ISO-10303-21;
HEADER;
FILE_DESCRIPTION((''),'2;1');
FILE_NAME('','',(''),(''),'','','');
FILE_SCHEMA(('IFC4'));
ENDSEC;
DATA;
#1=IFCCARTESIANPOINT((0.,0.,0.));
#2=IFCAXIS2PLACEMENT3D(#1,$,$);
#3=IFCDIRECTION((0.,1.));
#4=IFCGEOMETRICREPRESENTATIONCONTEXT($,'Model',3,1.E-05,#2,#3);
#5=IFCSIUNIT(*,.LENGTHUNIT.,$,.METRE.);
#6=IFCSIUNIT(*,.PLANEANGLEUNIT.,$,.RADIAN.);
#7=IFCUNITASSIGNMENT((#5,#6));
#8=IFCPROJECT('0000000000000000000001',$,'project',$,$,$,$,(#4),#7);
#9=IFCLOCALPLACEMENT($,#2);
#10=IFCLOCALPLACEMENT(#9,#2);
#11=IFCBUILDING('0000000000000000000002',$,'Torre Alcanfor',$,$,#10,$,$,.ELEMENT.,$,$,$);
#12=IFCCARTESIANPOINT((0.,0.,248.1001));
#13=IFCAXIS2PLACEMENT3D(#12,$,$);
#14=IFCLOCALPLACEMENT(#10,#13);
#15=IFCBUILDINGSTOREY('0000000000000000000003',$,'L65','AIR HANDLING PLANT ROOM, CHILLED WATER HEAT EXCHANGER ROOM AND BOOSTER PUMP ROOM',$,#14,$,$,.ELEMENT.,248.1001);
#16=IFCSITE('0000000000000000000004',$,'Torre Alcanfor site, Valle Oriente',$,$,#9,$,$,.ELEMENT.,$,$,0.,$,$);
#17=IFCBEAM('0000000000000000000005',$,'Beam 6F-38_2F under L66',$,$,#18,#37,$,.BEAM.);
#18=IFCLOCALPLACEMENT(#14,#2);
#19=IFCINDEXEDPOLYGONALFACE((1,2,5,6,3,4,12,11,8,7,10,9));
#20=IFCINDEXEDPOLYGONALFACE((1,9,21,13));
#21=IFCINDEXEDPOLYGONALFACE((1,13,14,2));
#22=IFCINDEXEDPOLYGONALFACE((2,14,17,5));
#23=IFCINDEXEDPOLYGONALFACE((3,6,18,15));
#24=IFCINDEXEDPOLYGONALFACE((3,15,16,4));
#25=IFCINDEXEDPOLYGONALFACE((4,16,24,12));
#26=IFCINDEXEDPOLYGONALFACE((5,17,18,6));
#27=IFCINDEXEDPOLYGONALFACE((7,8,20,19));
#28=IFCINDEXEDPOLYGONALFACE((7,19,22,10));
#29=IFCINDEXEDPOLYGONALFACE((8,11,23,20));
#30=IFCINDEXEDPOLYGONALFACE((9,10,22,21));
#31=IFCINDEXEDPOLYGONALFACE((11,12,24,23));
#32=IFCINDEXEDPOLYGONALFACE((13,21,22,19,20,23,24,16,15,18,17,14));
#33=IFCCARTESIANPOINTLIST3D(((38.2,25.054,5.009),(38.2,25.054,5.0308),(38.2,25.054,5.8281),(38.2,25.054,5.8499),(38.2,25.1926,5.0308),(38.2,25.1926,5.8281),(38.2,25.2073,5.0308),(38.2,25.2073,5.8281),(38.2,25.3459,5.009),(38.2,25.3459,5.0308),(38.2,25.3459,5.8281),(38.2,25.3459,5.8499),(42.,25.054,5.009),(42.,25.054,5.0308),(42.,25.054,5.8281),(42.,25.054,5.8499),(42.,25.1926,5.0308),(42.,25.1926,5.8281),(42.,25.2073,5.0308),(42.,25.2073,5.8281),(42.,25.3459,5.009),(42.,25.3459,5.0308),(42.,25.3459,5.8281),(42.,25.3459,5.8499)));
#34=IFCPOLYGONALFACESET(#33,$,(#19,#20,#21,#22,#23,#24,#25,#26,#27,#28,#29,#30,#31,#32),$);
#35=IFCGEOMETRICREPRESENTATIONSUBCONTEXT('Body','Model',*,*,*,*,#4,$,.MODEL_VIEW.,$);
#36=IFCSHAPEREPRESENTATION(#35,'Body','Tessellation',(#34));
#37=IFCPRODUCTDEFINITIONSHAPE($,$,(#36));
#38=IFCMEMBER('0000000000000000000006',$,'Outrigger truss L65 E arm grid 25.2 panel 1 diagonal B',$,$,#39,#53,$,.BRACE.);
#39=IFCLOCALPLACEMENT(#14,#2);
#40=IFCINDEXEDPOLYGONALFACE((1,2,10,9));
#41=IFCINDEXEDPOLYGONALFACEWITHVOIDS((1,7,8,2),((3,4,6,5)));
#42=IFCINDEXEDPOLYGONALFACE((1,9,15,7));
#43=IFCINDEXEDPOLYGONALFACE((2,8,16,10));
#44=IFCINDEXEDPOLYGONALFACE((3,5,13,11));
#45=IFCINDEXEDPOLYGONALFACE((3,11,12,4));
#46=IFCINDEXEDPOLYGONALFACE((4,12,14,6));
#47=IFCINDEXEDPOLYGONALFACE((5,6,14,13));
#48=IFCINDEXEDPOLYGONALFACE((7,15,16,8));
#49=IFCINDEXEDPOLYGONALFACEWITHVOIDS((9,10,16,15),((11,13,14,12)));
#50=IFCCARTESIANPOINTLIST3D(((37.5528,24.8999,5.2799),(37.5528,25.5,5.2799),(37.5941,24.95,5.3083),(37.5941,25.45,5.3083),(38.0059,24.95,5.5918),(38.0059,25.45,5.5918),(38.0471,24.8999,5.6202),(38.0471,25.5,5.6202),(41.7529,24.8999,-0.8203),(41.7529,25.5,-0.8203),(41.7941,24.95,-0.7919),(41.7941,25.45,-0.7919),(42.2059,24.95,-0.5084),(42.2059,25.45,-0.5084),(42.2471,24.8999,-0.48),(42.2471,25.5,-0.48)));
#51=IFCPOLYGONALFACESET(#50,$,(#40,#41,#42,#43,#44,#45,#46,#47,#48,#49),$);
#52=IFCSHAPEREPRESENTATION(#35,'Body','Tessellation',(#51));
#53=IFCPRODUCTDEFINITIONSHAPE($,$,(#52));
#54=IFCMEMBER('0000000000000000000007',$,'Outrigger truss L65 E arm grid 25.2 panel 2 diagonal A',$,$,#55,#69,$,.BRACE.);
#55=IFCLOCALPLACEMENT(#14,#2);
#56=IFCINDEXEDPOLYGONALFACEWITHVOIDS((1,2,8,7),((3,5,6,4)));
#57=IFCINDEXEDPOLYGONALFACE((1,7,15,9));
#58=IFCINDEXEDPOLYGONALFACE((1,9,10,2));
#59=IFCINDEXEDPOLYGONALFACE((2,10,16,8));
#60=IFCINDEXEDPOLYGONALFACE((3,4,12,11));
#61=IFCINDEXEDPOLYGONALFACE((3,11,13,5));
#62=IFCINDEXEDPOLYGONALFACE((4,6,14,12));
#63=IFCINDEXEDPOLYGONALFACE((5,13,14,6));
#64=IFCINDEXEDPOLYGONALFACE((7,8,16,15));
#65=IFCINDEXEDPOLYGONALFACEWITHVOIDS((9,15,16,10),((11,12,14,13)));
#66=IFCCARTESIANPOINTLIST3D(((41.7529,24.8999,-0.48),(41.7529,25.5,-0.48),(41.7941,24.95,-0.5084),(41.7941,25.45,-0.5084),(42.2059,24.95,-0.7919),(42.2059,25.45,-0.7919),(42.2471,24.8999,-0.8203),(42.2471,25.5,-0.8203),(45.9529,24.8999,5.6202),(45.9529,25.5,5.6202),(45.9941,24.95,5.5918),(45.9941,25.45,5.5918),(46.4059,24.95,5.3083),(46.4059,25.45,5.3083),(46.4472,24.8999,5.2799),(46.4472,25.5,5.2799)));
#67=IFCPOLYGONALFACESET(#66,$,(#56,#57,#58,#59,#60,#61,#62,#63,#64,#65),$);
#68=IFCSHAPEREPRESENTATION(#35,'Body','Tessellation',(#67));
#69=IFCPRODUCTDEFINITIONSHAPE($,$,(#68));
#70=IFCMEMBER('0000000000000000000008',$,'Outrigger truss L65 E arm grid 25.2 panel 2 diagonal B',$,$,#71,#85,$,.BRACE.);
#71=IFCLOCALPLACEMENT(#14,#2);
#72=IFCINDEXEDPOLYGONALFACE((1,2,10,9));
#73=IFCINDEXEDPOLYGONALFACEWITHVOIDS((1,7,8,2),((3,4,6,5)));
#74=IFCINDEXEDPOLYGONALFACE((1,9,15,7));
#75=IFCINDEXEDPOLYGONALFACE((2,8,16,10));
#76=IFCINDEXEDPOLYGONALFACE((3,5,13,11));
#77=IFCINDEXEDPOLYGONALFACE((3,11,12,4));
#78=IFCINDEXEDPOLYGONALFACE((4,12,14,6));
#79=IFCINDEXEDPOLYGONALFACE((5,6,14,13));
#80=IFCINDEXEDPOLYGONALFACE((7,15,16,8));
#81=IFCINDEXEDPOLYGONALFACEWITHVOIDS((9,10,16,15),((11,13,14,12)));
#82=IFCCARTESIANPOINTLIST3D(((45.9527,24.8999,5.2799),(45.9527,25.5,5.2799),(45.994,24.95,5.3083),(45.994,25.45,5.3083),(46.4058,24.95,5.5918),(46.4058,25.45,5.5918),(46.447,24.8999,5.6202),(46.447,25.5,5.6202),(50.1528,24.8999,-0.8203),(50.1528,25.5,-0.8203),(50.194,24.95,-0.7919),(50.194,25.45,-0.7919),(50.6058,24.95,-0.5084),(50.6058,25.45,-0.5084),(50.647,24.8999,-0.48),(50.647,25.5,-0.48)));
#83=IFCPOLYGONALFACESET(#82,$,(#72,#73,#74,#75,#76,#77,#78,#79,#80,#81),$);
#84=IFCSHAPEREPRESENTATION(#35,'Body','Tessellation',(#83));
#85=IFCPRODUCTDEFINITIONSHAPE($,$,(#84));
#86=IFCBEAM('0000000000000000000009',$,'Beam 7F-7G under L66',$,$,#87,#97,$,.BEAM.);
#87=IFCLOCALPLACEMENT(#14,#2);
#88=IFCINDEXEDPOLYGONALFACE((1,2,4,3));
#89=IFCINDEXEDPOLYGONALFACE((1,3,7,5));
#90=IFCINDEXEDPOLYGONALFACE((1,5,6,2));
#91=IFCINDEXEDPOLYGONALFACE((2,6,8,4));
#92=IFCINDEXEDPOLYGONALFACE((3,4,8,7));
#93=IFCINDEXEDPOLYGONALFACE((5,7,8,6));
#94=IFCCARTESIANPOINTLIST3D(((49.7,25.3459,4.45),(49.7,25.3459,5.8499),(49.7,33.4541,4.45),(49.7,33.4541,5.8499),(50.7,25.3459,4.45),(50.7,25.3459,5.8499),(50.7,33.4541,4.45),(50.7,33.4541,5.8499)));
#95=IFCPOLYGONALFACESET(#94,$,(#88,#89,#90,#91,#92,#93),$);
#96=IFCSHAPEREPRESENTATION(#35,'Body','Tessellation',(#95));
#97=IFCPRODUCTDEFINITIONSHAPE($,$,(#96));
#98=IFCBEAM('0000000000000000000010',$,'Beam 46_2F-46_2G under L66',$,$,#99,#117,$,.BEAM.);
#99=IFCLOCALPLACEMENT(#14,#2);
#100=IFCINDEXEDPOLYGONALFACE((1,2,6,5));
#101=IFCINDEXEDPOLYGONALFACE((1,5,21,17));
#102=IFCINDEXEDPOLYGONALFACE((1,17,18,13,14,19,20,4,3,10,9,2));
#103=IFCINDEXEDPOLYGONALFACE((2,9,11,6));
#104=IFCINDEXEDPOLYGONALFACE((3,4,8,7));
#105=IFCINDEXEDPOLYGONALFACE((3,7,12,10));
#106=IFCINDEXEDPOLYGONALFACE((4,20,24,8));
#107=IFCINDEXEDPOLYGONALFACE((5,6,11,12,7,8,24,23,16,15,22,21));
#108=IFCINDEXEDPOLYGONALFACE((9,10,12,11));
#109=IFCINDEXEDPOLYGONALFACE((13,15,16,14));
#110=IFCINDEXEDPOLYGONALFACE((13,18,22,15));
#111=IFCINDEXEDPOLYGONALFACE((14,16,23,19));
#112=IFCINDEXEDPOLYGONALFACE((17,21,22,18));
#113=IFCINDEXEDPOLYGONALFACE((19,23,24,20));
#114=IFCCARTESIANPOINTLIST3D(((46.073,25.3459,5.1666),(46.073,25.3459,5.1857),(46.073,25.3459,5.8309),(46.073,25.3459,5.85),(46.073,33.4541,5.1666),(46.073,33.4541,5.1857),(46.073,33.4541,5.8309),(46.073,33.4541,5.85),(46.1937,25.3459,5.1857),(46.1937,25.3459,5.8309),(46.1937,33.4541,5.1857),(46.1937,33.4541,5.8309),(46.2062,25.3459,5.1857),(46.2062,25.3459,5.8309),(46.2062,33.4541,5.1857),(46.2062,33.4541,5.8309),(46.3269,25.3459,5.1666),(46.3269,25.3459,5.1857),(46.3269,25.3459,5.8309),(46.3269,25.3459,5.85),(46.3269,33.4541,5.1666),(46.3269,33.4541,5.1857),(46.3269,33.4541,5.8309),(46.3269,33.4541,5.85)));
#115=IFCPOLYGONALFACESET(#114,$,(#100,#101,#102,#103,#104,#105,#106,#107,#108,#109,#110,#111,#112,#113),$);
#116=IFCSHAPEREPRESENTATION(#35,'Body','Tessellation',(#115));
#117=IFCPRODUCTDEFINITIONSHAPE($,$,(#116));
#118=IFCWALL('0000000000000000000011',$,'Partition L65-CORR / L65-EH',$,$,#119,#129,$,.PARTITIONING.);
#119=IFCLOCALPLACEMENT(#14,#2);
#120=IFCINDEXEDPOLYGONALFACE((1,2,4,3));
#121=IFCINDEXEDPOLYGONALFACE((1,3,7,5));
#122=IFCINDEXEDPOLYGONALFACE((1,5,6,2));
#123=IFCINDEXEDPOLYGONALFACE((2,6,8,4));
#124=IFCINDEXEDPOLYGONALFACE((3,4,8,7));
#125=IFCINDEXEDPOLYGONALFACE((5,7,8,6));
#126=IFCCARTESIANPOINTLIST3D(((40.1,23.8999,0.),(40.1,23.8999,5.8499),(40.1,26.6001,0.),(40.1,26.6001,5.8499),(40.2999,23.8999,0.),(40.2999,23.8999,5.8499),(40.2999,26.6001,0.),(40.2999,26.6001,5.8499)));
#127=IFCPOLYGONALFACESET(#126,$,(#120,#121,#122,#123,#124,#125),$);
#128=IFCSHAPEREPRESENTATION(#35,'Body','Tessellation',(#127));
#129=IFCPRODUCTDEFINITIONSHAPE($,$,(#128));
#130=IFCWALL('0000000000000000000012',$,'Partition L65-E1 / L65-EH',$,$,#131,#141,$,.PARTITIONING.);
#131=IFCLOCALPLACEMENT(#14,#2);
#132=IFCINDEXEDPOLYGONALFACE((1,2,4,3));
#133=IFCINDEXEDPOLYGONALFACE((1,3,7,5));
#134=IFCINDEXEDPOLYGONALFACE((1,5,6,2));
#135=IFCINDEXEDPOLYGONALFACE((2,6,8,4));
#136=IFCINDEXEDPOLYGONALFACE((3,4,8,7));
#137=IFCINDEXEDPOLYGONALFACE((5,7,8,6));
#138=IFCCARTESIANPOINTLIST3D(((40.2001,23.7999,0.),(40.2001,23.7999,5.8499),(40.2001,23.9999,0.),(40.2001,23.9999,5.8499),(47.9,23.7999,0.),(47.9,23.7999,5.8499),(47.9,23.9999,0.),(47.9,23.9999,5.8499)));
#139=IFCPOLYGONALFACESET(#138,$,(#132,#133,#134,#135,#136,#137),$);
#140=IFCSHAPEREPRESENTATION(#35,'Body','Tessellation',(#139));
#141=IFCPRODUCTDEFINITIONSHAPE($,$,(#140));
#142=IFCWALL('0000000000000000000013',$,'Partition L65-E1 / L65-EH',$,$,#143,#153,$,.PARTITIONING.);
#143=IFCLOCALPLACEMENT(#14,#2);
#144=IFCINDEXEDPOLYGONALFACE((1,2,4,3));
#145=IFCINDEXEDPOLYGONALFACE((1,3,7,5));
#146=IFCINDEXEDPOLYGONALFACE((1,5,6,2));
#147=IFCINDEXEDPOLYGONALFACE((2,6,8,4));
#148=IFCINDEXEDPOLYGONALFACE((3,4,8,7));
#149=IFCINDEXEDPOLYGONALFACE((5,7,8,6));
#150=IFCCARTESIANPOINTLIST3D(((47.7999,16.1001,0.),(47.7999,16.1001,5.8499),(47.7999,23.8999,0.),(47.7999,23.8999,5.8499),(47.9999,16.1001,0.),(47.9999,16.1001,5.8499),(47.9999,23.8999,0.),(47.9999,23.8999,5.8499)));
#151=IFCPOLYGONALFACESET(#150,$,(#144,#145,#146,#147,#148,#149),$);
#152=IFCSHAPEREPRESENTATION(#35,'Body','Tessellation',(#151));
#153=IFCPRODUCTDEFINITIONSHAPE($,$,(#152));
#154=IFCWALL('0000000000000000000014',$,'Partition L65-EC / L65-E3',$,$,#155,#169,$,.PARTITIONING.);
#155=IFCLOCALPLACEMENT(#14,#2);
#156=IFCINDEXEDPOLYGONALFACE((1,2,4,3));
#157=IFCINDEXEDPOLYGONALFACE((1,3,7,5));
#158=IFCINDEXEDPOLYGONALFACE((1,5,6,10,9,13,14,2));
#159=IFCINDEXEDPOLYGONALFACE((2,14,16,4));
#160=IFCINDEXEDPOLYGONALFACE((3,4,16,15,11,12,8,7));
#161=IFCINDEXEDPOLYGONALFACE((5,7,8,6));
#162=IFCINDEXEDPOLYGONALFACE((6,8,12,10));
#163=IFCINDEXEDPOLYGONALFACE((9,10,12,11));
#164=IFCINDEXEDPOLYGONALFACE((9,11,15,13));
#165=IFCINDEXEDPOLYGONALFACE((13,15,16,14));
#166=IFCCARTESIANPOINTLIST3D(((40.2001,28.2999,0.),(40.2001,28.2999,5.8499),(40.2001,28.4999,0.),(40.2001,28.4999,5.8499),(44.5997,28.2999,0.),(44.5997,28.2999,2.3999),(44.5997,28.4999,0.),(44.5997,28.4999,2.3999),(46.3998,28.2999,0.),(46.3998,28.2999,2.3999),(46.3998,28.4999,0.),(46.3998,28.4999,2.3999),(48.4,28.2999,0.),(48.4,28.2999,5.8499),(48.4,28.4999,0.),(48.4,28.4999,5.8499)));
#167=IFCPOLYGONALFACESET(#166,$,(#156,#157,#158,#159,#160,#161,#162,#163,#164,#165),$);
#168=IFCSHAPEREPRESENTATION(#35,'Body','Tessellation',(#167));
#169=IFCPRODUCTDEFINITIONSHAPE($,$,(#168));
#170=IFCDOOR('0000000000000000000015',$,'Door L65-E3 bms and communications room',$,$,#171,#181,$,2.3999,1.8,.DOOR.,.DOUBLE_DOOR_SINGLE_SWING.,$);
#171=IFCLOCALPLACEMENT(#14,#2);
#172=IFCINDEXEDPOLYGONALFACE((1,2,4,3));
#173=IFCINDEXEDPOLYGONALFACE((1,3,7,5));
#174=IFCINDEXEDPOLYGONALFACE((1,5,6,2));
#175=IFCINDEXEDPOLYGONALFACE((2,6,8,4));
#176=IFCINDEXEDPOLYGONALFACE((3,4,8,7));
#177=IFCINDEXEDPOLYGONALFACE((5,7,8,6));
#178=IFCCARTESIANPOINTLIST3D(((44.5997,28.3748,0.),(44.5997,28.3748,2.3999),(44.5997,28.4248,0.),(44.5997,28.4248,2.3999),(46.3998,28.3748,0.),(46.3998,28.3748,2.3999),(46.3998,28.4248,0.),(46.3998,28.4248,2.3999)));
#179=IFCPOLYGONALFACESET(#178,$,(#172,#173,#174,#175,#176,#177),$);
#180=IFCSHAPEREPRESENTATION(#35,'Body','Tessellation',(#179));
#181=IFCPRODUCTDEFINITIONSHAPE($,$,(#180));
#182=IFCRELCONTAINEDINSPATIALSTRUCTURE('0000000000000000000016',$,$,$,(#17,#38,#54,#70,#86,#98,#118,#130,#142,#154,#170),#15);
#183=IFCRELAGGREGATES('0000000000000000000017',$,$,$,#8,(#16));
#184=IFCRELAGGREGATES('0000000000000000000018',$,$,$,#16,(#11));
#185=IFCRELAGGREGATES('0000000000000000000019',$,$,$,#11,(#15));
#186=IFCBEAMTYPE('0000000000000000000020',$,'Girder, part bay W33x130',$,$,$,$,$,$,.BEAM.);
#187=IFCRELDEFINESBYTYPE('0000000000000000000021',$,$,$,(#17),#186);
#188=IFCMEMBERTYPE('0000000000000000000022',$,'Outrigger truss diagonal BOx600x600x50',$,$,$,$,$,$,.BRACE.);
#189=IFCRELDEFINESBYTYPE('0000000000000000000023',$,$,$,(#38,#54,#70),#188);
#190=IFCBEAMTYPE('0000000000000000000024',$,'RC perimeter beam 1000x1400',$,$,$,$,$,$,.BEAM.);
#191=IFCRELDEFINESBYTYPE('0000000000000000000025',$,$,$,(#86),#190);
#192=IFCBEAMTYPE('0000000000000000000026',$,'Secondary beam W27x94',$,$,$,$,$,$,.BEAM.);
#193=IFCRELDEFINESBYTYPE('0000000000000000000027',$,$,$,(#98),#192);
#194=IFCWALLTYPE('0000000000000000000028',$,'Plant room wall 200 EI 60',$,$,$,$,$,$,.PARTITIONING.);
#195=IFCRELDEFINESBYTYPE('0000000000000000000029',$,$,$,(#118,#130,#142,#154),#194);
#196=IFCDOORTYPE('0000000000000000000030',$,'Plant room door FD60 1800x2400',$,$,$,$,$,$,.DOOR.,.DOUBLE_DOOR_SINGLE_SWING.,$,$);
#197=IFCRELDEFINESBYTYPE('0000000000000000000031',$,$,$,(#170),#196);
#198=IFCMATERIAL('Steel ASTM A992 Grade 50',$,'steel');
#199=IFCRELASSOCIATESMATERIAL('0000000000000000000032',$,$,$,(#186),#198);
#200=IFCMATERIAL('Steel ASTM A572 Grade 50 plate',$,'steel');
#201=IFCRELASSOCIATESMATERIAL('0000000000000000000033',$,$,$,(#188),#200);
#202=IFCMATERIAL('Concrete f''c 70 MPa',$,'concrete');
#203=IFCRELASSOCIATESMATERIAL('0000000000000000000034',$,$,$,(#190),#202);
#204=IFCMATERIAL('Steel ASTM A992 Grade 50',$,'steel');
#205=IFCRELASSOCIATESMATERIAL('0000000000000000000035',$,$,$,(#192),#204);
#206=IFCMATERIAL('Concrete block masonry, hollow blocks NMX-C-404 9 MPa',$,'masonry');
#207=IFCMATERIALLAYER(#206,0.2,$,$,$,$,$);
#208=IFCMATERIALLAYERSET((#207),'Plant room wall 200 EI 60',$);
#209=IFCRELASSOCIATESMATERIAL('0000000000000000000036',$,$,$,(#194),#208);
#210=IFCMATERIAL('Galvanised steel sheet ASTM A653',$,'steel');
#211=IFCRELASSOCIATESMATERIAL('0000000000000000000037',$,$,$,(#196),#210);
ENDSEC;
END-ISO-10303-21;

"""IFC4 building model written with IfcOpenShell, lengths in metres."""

from ifc_helpers import new_model, si_unit, direction, frame, frame_2d, origin, origin_2d, place, context, subcontext, project, spatial, rectangle, hollow_rectangle, i_section, extrude, material, layer, layer_set, material_profile, profile_set, type_object, element, fill, save


model = new_model("IFC4")

# Units and contexts
model_context = context("Model", 3, precision=1e-05, world=origin(), true_north=direction((0.0, 1.0)))
body_context = subcontext(model_context, "Body", "Model", "MODEL_VIEW")
ifc_project = project(units=[si_unit("LENGTHUNIT", "METRE"), si_unit("PLANEANGLEUNIT", "RADIAN")], contexts=[model_context])

# Site, building, storey
site_placement = place(None, origin())
site = spatial("IfcSite", under=ifc_project, at=site_placement, Name="Torre Alcanfor site, Valle Oriente", CompositionType="ELEMENT", RefElevation=0.0)
building_placement = place(site_placement, origin())
building = spatial("IfcBuilding", under=site, at=building_placement, Name="Torre Alcanfor", CompositionType="ELEMENT")
storey_placement = place(building_placement, frame((0.0, 0.0, 248.1001)))
storey = spatial("IfcBuildingStorey", under=building, at=storey_placement, Name="L65", Description="AIR HANDLING PLANT ROOM, CHILLED WATER HEAT EXCHANGER ROOM AND BOOSTER PUMP ROOM", CompositionType="ELEMENT", Elevation=248.1001)

# Beam
ifc_material_1 = material(Name="Steel ASTM A992 Grade 50", Category="steel")
ifc_material_profile_1 = material_profile(ifc_material_1, i_section(OverallWidth=0.292, OverallDepth=0.8408, WebThickness=0.0146, FlangeThickness=0.0217, at=origin_2d()), Name="W33x130")
ifc_profile_set_1 = profile_set([ifc_material_profile_1], Name="Steel ASTM A992 Grade 50")
beam_type_1 = type_object("IfcBeamType", Name="Girder, part bay W33x130", PredefinedType="BEAM", material=ifc_profile_set_1)
beam_1_placement = place(storey_placement, frame((42.0, 25.2, 5.4294), z_axis=(-1.0, 0.0, 0.0), x_axis=(0.0, -1.0, 0.0)))
element("IfcBeam", 1, at=beam_1_placement, inside=storey, type_object=beam_type_1, Name="Beam 6F-38_2F under L66", PredefinedType="BEAM", context=body_context, shape_type="SweptSolid", body=[
    extrude(i_section(OverallWidth=0.292, OverallDepth=0.8408, WebThickness=0.0146, FlangeThickness=0.0217, at=origin_2d()), origin(), (0.0, 0.0, 1.0), 3.8),
])

# Members
ifc_material_2 = material(Name="Steel ASTM A572 Grade 50 plate", Category="steel")
ifc_material_profile_2 = material_profile(ifc_material_2, hollow_rectangle(XDim=0.6001, YDim=0.6001, WallThickness=0.05, at=origin_2d()), Name="BOX 600x600x50")
ifc_profile_set_2 = profile_set([ifc_material_profile_2], Name="Steel ASTM A572 Grade 50 plate")
member_type_1 = type_object("IfcMemberType", Name="Outrigger truss diagonal BOx600x600x50", PredefinedType="BRACE", material=ifc_profile_set_2)
for number, where, z_axis, x_axis, name in (
    (2, (42.0, 25.2, -0.6501), (-0.567091, 0.0, 0.823655), (0.0, -1.0, 0.0), "Outrigger truss L65 E arm grid 25.2 panel 1 diagonal B"),
    (3, (42.0, 25.2, -0.6501), (0.567091, 0.0, 0.823655), (0.0, 1.0, 0.0), "Outrigger truss L65 E arm grid 25.2 panel 2 diagonal A"),
    (4, (50.3999, 25.2, -0.6501), (-0.567091, 0.0, 0.823655), (0.0, -1.0, 0.0), "Outrigger truss L65 E arm grid 25.2 panel 2 diagonal B"),
):
    element("IfcMember", number, at=place(storey_placement, frame(where, z_axis=z_axis, x_axis=x_axis)), inside=storey, type_object=member_type_1, Name=name, PredefinedType="BRACE", context=body_context, shape_type="SweptSolid", body=[
        extrude(hollow_rectangle(XDim=0.6001, YDim=0.6001, WallThickness=0.05, at=origin_2d()), origin(), (0.0, 0.0, 1.0), 7.4062),
    ])

# Beams
ifc_material_3 = material(Name="Concrete f'c 70 MPa", Category="concrete")
ifc_material_profile_3 = material_profile(ifc_material_3, rectangle(XDim=1.0, YDim=1.3999, at=origin_2d()), Name="1000x1400")
ifc_profile_set_3 = profile_set([ifc_material_profile_3], Name="Concrete f'c 70 MPa")
beam_type_2 = type_object("IfcBeamType", Name="RC perimeter beam 1000x1400", PredefinedType="BEAM", material=ifc_profile_set_3)
beam_2_placement = place(storey_placement, frame((50.2, 25.3459, 5.1499), z_axis=(0.0, 1.0, 0.0), x_axis=(-1.0, 0.0, 0.0)))
element("IfcBeam", 5, at=beam_2_placement, inside=storey, type_object=beam_type_2, Name="Beam 7F-7G under L66", PredefinedType="BEAM", context=body_context, shape_type="SweptSolid", body=[
    extrude(rectangle(XDim=1.0, YDim=1.3999, at=origin_2d()), origin(), (0.0, 0.0, 1.0), 8.1082),
])
ifc_material_4 = material(Name="Steel ASTM A992 Grade 50", Category="steel")
ifc_material_profile_4 = material_profile(ifc_material_4, i_section(OverallWidth=0.2539, OverallDepth=0.6833, WebThickness=0.0125, FlangeThickness=0.019, at=origin_2d()), Name="W27x94")
ifc_profile_set_4 = profile_set([ifc_material_profile_4], Name="Steel ASTM A992 Grade 50")
beam_type_3 = type_object("IfcBeamType", Name="Secondary beam W27x94", PredefinedType="BEAM", material=ifc_profile_set_4)
beam_3_placement = place(storey_placement, frame((46.2, 25.3459, 5.5083), z_axis=(0.0, 1.0, 0.0), x_axis=(-1.0, 0.0, 0.0)))
element("IfcBeam", 6, at=beam_3_placement, inside=storey, type_object=beam_type_3, Name="Beam 46_2F-46_2G under L66", PredefinedType="BEAM", context=body_context, shape_type="SweptSolid", body=[
    extrude(i_section(OverallWidth=0.2539, OverallDepth=0.6833, WebThickness=0.0125, FlangeThickness=0.019, at=origin_2d()), origin(), (0.0, 0.0, 1.0), 8.1082),
])

# Walls
ifc_material_5 = material(Name="Concrete block masonry, hollow blocks NMX-C-404 9 MPa", Category="masonry")
ifc_layer_1 = layer(ifc_material_5, 0.2)
ifc_layer_set_1 = layer_set([ifc_layer_1], Name="Plant room wall 200 EI 60")
wall_type = type_object("IfcWallType", Name="Plant room wall 200 EI 60", PredefinedType="PARTITIONING", material=ifc_layer_set_1)
wall_1_placement = place(storey_placement, frame((40.2, 26.6001, 0.0), z_axis=(0.0, 0.0, 1.0), x_axis=(0.0, -1.0, 0.0)))
element("IfcWall", 7, at=wall_1_placement, inside=storey, type_object=wall_type, Name="Partition L65-CORR / L65-EH", PredefinedType="PARTITIONING", context=body_context, shape_type="SweptSolid", body=[
    extrude(rectangle(XDim=2.7002, YDim=0.2, at=frame_2d((1.3501, 0.0))), origin(), (0.0, 0.0, 1.0), 5.8499),
])
wall_2_placement = place(storey_placement, frame((40.2, 23.8999, 0.0), z_axis=(0.0, 0.0, 1.0), x_axis=(1.0, 0.0, 0.0)))
element("IfcWall", 8, at=wall_2_placement, inside=storey, type_object=wall_type, Name="Partition L65-E1 / L65-EH", PredefinedType="PARTITIONING", context=body_context, shape_type="SweptSolid", body=[
    extrude(rectangle(XDim=7.7, YDim=0.2, at=frame_2d((3.8501, 0.0))), origin(), (0.0, 0.0, 1.0), 5.8499),
])
wall_3_placement = place(storey_placement, frame((47.8999, 23.8999, 0.0), z_axis=(0.0, 0.0, 1.0), x_axis=(0.0, -1.0, 0.0)))
element("IfcWall", 9, at=wall_3_placement, inside=storey, type_object=wall_type, Name="Partition L65-E1 / L65-EH", PredefinedType="PARTITIONING", context=body_context, shape_type="SweptSolid", body=[
    extrude(rectangle(XDim=7.7998, YDim=0.2, at=frame_2d((3.8999, 0.0))), origin(), (0.0, 0.0, 1.0), 5.8499),
])

# Wall, opening, door
wall_4_placement = place(storey_placement, frame((40.2, 28.3999, 0.0), z_axis=(0.0, 0.0, 1.0), x_axis=(1.0, 0.0, 0.0)))
wall_4 = element("IfcWall", 10, at=wall_4_placement, inside=storey, type_object=wall_type, Name="Partition L65-EC / L65-E3", PredefinedType="PARTITIONING", context=body_context, shape_type="SweptSolid", body=[
    extrude(rectangle(XDim=8.2, YDim=0.2, at=frame_2d((4.1001, 0.0))), origin(), (0.0, 0.0, 1.0), 5.8499),
])
opening_1_placement = place(wall_4_placement, frame((4.3999, 0.0, 0.0)))
opening_1 = element("IfcOpeningElement", 11, at=opening_1_placement, cuts=wall_4, PredefinedType="OPENING", context=body_context, shape_type="SweptSolid", body=[
    extrude(rectangle(XDim=1.8, YDim=2.3999, at=frame_2d((0.8999, 1.2))), frame((0.0, 0.1099, 0.0), z_axis=(0.0, -1.0, 0.0), x_axis=(1.0, 0.0, 0.0)), (0.0, 0.0, 1.0), 0.22),
])
ifc_material_6 = material(Name="Galvanised steel sheet ASTM A653", Category="steel")
door_type = type_object("IfcDoorType", Name="Plant room door FD60 1800x2400", OperationType="DOUBLE_DOOR_SINGLE_SWING", PredefinedType="DOOR", material=ifc_material_6)
door_1_placement = place(opening_1_placement, origin())
door_1 = element("IfcDoor", 12, at=door_1_placement, inside=storey, type_object=door_type, Name="Door L65-E3 bms and communications room", OperationType="DOUBLE_DOOR_SINGLE_SWING", OverallHeight=2.3999, OverallWidth=1.8, PredefinedType="DOOR", context=body_context, shape_type="SweptSolid", body=[
    extrude(rectangle(XDim=1.8, YDim=2.3999, at=frame_2d((0.8999, 1.2))), frame((0.0, 0.0249, 0.0), z_axis=(0.0, -1.0, 0.0), x_axis=(1.0, 0.0, 0.0)), (0.0, 0.0, 1.0), 0.05),
])
fill(opening_1, door_1)

save(model, "model.ifc")
